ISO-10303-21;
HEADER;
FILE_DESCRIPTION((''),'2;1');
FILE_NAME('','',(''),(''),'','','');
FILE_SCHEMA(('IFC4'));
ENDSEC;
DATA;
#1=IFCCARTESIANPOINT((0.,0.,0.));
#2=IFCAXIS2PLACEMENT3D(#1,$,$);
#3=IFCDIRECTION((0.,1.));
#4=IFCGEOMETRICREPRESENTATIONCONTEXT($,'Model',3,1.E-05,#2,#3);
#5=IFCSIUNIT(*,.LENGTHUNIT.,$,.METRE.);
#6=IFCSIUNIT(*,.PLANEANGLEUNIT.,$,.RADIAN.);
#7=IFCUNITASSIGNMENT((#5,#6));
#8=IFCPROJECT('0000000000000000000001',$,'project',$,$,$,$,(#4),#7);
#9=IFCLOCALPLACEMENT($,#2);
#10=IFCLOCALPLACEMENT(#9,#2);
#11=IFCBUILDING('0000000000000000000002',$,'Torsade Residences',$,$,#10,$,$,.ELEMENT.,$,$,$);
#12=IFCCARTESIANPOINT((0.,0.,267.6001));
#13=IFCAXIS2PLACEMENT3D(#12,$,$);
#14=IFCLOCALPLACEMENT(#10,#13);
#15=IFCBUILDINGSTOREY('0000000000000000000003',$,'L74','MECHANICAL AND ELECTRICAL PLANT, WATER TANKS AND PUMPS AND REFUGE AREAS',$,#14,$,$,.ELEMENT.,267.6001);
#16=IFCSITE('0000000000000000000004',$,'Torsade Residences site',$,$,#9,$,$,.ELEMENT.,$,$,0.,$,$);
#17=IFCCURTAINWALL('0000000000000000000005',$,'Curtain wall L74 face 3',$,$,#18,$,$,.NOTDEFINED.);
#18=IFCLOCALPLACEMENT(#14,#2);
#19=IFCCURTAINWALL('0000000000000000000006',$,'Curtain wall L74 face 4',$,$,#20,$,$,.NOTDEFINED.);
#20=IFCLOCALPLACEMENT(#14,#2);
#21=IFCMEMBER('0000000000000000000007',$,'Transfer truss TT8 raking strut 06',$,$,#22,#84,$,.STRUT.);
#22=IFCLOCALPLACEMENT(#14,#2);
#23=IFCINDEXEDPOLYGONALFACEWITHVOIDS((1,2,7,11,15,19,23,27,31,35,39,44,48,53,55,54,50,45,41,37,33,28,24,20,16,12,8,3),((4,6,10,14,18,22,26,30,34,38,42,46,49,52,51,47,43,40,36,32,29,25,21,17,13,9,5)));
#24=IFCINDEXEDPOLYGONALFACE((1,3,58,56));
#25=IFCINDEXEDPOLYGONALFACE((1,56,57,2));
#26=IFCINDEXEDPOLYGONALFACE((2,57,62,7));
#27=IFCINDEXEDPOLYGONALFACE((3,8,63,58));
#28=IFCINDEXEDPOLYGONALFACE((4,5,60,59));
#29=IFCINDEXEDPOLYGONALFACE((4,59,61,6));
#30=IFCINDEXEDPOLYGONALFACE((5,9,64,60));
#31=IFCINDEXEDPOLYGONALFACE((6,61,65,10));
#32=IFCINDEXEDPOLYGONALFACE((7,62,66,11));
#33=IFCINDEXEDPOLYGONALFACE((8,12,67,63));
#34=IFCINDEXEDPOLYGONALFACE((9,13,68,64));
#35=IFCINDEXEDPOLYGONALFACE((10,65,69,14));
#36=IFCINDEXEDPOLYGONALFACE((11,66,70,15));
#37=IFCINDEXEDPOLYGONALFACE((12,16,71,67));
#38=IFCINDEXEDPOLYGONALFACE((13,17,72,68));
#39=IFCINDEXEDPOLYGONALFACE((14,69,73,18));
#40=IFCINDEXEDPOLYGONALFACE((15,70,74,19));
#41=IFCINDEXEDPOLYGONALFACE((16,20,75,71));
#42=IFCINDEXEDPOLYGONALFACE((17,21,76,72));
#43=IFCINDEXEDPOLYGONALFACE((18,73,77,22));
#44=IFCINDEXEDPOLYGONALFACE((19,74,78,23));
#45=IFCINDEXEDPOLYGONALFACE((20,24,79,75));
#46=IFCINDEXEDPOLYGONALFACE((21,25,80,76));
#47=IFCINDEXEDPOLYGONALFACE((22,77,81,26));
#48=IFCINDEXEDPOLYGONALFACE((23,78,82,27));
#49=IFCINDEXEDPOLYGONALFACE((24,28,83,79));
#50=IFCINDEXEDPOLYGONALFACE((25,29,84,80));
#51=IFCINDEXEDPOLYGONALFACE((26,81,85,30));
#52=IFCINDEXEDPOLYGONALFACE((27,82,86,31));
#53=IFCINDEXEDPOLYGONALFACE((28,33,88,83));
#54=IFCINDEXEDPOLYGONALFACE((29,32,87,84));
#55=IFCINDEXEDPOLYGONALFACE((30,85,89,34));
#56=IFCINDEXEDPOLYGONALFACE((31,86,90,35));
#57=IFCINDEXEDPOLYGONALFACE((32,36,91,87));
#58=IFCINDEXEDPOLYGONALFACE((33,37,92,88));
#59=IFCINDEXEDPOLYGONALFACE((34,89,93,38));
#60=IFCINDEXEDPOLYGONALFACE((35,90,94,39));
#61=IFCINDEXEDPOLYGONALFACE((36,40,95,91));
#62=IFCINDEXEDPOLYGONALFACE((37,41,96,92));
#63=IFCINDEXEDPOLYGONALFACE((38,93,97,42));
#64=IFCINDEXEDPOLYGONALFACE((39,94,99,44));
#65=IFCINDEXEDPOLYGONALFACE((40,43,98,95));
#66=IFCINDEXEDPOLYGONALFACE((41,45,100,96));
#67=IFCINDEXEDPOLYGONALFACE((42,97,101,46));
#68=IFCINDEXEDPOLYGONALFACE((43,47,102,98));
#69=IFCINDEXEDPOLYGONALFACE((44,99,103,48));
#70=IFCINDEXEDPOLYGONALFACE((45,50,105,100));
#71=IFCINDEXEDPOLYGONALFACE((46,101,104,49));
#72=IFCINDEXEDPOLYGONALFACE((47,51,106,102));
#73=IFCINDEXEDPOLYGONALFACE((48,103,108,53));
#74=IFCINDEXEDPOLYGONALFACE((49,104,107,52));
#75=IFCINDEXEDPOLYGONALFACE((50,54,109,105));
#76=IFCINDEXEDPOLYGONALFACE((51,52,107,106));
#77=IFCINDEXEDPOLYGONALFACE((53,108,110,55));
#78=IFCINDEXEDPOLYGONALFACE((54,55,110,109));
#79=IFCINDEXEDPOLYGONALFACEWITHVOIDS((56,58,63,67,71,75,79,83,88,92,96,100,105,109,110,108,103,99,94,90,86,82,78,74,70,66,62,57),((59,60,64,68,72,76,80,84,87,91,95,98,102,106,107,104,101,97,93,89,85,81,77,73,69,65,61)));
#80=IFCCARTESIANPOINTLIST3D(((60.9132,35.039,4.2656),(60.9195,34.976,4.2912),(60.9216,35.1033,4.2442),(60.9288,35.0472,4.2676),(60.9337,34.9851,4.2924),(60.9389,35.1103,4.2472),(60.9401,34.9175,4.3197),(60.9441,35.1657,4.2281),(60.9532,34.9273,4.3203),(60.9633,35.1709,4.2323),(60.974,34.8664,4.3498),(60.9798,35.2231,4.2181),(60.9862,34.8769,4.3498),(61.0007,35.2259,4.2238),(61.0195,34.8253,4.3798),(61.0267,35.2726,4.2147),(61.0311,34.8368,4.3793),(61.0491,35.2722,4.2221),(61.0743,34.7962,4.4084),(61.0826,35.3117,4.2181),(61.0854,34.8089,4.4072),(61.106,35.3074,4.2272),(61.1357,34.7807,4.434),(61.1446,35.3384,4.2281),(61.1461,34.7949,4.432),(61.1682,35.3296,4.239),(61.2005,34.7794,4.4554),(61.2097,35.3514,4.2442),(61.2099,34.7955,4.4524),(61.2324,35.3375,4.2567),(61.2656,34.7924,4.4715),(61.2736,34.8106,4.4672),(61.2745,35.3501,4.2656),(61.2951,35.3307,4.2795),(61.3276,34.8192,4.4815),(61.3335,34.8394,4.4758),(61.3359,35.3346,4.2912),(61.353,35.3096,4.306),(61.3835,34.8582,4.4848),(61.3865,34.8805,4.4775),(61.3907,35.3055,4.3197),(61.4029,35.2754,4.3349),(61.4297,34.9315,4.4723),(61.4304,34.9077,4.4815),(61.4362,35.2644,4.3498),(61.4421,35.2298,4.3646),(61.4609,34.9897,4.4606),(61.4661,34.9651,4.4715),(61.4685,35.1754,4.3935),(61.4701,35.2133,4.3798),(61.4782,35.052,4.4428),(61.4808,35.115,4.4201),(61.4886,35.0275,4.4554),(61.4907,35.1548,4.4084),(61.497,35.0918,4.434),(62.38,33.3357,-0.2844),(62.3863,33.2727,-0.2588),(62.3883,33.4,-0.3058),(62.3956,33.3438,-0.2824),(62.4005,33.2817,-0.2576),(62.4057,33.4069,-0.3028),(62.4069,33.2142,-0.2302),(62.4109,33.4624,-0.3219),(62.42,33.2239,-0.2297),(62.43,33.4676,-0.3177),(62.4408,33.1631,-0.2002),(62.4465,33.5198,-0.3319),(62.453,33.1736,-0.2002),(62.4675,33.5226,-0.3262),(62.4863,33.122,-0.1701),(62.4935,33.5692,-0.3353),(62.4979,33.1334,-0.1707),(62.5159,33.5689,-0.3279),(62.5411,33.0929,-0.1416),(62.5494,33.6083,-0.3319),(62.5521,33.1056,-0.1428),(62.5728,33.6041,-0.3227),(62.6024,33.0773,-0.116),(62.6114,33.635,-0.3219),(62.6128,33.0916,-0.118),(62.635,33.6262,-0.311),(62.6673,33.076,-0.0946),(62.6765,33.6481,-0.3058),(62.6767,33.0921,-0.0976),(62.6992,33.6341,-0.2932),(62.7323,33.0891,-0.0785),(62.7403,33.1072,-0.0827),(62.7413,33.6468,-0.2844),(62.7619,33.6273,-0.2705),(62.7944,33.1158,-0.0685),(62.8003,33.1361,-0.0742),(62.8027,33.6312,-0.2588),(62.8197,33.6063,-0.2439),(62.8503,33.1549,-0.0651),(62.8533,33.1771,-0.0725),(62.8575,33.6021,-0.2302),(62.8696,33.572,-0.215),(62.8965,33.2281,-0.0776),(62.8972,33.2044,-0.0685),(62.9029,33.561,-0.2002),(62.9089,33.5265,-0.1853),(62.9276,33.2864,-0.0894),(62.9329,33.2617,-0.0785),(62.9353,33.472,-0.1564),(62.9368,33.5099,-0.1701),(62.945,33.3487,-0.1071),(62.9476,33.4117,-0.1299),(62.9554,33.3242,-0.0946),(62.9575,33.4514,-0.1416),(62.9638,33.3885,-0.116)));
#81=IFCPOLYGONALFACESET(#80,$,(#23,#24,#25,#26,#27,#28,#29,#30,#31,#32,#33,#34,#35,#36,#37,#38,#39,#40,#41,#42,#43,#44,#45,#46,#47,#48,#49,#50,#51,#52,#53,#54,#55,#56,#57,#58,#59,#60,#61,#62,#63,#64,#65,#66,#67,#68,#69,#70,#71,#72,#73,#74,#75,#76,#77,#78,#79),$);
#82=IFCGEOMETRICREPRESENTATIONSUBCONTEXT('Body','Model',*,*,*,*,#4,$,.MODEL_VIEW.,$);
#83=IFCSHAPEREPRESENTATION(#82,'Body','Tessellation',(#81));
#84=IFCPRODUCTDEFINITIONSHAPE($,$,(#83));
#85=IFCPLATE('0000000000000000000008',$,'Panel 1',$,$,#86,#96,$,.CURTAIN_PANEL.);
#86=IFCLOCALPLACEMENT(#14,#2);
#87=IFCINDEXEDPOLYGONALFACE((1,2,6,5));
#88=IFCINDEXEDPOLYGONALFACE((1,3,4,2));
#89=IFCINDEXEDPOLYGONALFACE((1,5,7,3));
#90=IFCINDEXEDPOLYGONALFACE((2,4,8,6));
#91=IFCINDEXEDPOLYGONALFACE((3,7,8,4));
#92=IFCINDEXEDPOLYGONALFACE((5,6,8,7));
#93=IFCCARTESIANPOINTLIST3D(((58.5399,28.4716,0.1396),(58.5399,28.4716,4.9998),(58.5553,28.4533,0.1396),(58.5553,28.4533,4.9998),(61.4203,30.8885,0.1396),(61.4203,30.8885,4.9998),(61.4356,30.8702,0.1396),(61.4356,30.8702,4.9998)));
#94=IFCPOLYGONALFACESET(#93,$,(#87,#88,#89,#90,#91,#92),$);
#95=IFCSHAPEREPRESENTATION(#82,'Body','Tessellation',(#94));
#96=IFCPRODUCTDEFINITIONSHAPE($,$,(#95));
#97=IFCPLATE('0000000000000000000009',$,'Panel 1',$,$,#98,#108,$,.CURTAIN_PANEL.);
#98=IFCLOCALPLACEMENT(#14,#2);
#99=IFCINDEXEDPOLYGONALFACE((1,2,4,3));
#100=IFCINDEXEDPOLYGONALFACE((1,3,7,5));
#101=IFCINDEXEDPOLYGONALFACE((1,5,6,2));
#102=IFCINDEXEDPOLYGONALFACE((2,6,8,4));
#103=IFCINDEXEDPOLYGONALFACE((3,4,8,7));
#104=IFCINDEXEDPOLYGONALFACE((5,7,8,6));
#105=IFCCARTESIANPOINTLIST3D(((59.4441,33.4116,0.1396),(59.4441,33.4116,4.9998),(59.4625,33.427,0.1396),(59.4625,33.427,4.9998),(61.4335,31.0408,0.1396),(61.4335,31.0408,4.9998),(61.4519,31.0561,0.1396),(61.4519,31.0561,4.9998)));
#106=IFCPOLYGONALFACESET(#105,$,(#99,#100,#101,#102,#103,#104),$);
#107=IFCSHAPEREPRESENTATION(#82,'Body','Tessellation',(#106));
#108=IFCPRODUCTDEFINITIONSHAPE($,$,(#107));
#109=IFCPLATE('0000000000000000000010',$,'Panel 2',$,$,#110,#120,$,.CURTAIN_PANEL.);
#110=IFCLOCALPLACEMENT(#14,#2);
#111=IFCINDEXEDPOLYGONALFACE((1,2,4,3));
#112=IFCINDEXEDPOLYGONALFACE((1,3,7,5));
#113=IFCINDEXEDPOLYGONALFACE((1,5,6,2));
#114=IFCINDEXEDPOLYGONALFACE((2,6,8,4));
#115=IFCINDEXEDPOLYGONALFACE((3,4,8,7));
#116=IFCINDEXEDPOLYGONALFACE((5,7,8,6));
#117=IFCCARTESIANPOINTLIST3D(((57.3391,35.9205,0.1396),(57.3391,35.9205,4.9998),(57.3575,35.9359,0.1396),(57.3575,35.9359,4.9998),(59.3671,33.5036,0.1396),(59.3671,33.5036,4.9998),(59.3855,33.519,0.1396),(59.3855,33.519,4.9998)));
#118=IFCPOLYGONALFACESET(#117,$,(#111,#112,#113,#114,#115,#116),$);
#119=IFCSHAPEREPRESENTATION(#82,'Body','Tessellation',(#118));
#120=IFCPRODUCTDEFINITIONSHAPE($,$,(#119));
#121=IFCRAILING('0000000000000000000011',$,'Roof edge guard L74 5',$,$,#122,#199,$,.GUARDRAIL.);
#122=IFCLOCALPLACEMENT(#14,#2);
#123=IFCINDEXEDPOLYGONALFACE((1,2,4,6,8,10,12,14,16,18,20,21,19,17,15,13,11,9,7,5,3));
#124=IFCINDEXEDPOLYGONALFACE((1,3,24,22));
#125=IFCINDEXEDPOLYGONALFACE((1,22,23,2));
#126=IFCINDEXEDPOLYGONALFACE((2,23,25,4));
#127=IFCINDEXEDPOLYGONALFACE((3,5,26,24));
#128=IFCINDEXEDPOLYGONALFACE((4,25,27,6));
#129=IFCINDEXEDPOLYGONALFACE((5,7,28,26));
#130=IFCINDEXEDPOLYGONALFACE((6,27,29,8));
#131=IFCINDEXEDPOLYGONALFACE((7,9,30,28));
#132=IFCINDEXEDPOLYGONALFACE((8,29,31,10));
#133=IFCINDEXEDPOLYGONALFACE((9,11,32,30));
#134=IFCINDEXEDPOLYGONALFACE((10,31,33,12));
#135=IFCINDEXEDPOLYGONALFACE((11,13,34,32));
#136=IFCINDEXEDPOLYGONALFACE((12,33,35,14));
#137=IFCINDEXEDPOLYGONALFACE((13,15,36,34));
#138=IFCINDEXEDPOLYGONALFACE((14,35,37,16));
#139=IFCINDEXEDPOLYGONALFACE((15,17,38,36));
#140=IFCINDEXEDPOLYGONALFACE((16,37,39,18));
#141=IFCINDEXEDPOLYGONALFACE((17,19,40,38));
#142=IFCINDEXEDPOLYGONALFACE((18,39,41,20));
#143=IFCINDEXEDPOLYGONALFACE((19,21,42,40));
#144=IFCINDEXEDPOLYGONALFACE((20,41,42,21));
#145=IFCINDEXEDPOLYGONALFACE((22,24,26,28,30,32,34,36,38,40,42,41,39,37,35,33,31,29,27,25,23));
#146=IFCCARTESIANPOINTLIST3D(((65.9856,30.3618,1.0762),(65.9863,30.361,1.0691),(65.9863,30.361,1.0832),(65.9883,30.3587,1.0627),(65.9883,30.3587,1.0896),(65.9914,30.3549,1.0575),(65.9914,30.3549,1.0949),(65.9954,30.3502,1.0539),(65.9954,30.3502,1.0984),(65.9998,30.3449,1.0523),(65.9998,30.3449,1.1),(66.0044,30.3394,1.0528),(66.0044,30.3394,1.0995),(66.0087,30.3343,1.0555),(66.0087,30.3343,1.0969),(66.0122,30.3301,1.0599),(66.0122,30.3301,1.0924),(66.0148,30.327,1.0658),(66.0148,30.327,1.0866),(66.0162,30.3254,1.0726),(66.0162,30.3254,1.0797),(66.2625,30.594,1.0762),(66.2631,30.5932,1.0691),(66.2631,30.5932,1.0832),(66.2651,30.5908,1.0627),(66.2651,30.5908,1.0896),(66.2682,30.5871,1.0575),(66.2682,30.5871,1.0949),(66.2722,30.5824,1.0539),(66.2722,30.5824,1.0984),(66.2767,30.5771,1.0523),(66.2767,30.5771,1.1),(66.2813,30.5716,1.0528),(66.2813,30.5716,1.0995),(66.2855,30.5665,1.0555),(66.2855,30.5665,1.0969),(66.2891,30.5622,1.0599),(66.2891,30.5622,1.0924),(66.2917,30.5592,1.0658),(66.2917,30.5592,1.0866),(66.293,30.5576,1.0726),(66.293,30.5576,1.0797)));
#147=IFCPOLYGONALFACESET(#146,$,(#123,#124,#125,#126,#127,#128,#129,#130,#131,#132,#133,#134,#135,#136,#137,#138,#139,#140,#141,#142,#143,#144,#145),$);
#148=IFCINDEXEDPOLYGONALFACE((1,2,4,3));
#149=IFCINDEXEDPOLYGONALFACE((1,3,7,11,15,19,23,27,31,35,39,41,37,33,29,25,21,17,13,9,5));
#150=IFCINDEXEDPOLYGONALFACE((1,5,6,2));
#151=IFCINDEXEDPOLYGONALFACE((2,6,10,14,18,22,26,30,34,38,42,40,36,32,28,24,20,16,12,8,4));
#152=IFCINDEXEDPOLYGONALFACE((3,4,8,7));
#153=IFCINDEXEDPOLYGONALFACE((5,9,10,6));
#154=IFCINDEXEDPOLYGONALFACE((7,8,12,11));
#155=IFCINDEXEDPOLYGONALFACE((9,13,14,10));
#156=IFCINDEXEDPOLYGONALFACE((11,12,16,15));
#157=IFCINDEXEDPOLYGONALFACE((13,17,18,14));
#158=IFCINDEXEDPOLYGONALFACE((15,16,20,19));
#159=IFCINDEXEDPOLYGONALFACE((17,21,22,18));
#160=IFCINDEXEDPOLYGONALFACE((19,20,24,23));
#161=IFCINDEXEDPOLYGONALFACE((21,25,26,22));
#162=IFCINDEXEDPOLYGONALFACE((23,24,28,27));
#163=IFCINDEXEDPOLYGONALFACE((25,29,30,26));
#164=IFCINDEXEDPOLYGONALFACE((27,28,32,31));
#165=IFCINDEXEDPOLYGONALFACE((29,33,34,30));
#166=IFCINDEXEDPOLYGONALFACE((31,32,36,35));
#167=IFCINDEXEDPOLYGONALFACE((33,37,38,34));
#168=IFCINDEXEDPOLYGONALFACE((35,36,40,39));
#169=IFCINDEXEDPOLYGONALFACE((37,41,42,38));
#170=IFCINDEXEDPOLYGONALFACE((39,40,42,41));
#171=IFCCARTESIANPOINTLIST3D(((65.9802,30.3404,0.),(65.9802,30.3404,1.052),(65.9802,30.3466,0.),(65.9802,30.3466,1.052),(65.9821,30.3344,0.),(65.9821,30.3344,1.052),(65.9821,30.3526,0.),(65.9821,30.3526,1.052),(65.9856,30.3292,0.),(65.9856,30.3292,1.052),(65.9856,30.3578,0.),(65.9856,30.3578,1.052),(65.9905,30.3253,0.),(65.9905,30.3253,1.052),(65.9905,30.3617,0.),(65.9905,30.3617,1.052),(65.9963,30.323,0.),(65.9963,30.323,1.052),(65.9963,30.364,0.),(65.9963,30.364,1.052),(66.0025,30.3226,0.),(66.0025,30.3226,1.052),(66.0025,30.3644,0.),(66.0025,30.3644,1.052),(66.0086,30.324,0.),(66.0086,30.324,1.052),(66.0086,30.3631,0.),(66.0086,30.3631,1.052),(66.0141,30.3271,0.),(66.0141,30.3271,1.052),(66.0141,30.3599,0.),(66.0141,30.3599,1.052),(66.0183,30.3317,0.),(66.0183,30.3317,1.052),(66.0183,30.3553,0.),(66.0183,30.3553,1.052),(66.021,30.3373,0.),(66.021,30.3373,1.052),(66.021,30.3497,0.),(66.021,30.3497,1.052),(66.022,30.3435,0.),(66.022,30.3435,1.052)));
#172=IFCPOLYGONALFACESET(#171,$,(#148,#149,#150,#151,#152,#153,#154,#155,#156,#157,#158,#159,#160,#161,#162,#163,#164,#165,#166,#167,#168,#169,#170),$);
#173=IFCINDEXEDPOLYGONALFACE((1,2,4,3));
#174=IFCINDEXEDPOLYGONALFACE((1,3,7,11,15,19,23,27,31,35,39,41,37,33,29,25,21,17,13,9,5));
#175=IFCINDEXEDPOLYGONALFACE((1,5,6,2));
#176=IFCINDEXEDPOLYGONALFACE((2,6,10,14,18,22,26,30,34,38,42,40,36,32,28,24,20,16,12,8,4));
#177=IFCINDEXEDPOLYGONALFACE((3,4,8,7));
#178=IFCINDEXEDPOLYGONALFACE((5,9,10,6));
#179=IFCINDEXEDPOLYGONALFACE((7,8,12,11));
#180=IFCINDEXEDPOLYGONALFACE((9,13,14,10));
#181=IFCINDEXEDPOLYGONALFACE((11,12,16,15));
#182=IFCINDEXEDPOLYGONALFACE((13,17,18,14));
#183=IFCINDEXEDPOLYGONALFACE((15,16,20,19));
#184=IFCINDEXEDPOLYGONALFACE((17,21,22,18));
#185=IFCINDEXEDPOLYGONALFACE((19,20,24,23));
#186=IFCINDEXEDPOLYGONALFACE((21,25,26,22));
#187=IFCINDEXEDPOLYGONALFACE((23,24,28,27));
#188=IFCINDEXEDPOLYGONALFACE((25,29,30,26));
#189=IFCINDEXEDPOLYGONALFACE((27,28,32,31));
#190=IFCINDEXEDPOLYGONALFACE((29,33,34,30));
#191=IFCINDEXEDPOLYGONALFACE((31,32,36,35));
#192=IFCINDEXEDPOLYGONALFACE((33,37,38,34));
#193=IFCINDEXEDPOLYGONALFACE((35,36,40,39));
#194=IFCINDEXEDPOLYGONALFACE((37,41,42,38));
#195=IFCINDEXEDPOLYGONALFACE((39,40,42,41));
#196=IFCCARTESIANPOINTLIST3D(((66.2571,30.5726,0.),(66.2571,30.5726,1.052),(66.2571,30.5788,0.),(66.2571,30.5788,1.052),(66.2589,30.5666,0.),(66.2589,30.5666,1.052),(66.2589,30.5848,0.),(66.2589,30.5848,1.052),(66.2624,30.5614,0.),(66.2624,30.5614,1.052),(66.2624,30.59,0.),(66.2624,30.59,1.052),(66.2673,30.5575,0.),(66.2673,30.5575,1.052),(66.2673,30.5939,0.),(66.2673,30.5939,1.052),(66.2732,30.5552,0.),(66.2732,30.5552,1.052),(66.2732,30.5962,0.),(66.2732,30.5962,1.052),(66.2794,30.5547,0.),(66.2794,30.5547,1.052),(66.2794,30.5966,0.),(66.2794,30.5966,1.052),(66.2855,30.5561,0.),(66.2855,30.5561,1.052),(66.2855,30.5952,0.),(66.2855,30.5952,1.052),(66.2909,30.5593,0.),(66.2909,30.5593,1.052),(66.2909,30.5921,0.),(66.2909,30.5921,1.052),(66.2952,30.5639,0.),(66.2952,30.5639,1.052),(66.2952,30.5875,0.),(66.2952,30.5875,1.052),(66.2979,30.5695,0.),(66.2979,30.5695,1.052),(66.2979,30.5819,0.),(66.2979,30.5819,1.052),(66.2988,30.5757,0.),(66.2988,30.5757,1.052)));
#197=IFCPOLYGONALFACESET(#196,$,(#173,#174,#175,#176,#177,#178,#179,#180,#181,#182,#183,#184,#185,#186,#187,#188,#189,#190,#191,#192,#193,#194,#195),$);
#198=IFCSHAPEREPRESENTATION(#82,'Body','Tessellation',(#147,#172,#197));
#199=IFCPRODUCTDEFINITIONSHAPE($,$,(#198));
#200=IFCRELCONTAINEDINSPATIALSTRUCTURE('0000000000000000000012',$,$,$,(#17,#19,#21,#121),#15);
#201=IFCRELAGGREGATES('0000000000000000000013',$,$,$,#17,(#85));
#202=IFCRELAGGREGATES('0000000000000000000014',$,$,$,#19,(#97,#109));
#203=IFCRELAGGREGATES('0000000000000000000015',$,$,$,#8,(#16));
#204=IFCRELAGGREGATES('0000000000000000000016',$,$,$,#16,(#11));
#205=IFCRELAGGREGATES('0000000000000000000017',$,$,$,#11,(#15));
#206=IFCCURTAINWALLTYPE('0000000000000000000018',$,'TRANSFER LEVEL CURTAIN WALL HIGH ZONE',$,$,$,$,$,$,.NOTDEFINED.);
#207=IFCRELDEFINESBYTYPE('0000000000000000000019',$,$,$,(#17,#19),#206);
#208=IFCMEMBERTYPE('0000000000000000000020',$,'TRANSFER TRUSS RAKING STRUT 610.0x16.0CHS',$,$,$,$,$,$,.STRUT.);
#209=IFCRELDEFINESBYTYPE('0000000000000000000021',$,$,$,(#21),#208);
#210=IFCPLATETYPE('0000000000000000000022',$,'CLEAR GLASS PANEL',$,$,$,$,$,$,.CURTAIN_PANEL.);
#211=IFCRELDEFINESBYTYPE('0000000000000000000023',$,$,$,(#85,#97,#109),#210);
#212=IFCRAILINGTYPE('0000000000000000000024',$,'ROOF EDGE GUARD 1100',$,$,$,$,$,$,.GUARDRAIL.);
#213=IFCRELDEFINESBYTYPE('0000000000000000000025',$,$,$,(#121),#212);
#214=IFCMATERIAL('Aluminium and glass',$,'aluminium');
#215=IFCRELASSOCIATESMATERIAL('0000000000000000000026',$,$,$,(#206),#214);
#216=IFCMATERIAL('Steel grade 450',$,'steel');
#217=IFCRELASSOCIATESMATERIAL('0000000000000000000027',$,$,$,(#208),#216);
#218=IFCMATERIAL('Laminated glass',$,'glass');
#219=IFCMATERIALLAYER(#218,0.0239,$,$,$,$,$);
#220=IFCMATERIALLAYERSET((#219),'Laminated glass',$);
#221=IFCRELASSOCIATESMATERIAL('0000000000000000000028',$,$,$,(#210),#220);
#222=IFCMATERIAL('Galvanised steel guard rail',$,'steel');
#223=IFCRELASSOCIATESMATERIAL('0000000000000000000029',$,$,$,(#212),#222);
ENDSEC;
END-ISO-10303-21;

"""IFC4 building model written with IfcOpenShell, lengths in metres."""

from ifc_helpers import new_model, si_unit, direction, frame, origin, origin_2d, place, context, subcontext, project, spatial, rectangle, circle, hollow_circle, extrude, material, layer, layer_set, material_profile, profile_set, type_object, element, aggregate, save


model = new_model("IFC4")

# Units and contexts
model_context = context("Model", 3, precision=1e-05, world=origin(), true_north=direction((0.0, 1.0)))
body_context = subcontext(model_context, "Body", "Model", "MODEL_VIEW")
ifc_project = project(units=[si_unit("LENGTHUNIT", "METRE"), si_unit("PLANEANGLEUNIT", "RADIAN")], contexts=[model_context])

# Site, building, storey
site_placement = place(None, origin())
site = spatial("IfcSite", under=ifc_project, at=site_placement, Name="Torsade Residences site", CompositionType="ELEMENT", RefElevation=0.0)
building_placement = place(site_placement, origin())
building = spatial("IfcBuilding", under=site, at=building_placement, Name="Torsade Residences", CompositionType="ELEMENT")
storey_placement = place(building_placement, frame((0.0, 0.0, 267.6001)))
storey = spatial("IfcBuildingStorey", under=building, at=storey_placement, Name="L74", Description="MECHANICAL AND ELECTRICAL PLANT, WATER TANKS AND PUMPS AND REFUGE AREAS", CompositionType="ELEMENT", Elevation=267.6001)

# Curtain walls
ifc_material_1 = material(Name="Aluminium and glass", Category="aluminium")
curtain_wall_type = type_object("IfcCurtainWallType", Name="TRANSFER LEVEL CURTAIN WALL HIGH ZONE", PredefinedType="NOTDEFINED", material=ifc_material_1)
curtain_wall_1_placement = place(storey_placement, origin())
curtain_wall_1 = element("IfcCurtainWall", 1, at=curtain_wall_1_placement, inside=storey, type_object=curtain_wall_type, Name="Curtain wall L74 face 3", PredefinedType="NOTDEFINED")
curtain_wall_2_placement = place(storey_placement, origin())
curtain_wall_2 = element("IfcCurtainWall", 2, at=curtain_wall_2_placement, inside=storey, type_object=curtain_wall_type, Name="Curtain wall L74 face 4", PredefinedType="NOTDEFINED")

# Member
ifc_material_2 = material(Name="Steel grade 450", Category="steel")
ifc_material_profile_1 = material_profile(ifc_material_2, hollow_circle(Radius=0.3049, WallThickness=0.0161, at=origin_2d()), Name="610.0x16.0CHS")
ifc_profile_set_1 = profile_set([ifc_material_profile_1], Name="Steel grade 450")
member_type_1 = type_object("IfcMemberType", Name="TRANSFER TRUSS RAKING STRUT 610.0x16.0CHS", PredefinedType="STRUT", material=ifc_profile_set_1)
member_1_placement = place(storey_placement, frame((62.6719, 33.3621, -0.2002), z_axis=(-0.289022, 0.335637, 0.896556), x_axis=(-0.757767, -0.652525, 0.0)))
element("IfcMember", 3, at=member_1_placement, inside=storey, type_object=member_type_1, Name="Transfer truss TT8 raking strut 06", PredefinedType="STRUT", context=body_context, shape_type="SweptSolid", body=[
    extrude(hollow_circle(Radius=0.3049, WallThickness=0.0161, at=origin_2d()), origin(), (0.0, 0.0, 1.0), 5.075),
])

# Plates
ifc_material_3 = material(Name="Laminated glass", Category="glass")
ifc_layer = layer(ifc_material_3, 0.0239)
ifc_layer_set = layer_set([ifc_layer], Name="Laminated glass")
plate_type = type_object("IfcPlateType", Name="CLEAR GLASS PANEL", PredefinedType="CURTAIN_PANEL", material=ifc_layer_set)
plate_1_placement = place(storey_placement, frame((59.9878, 29.6709, 0.1396), z_axis=(0.0, 0.0, 1.0), x_axis=(0.766044, 0.642788, 0.0)))
plate_1 = element("IfcPlate", 4, at=plate_1_placement, type_object=plate_type, Name="Panel 1", PredefinedType="CURTAIN_PANEL", context=body_context, shape_type="SweptSolid", body=[
    extrude(rectangle(XDim=3.76, YDim=0.0239, at=origin_2d()), origin(), (0.0, 0.0, 1.0), 4.8601),
])
aggregate(curtain_wall_1, [plate_1])
plate_2_placement = place(storey_placement, frame((60.448, 32.2339, 0.1396), z_axis=(0.0, 0.0, 1.0), x_axis=(-0.642788, 0.766044, 0.0)))
plate_2 = element("IfcPlate", 5, at=plate_2_placement, type_object=plate_type, Name="Panel 1", PredefinedType="CURTAIN_PANEL", context=body_context, shape_type="SweptSolid", body=[
    extrude(rectangle(XDim=3.095, YDim=0.0239, at=origin_2d()), origin(), (0.0, 0.0, 1.0), 4.8601),
])
plate_3_placement = place(storey_placement, frame((58.3623, 34.7197, 0.1396), z_axis=(0.0, 0.0, 1.0), x_axis=(-0.642788, 0.766044, 0.0)))
plate_3 = element("IfcPlate", 6, at=plate_3_placement, type_object=plate_type, Name="Panel 2", PredefinedType="CURTAIN_PANEL", context=body_context, shape_type="SweptSolid", body=[
    extrude(rectangle(XDim=3.155, YDim=0.0239, at=origin_2d()), origin(), (0.0, 0.0, 1.0), 4.8601),
])
aggregate(curtain_wall_2, [plate_2, plate_3])

# Railing
ifc_material_4 = material(Name="Galvanised steel guard rail", Category="steel")
railing_type = type_object("IfcRailingType", Name="ROOF EDGE GUARD 1100", PredefinedType="GUARDRAIL", material=ifc_material_4)
railing_1_placement = place(storey_placement, frame((66.001, 30.3435, 0.0)))
element("IfcRailing", 7, at=railing_1_placement, inside=storey, type_object=railing_type, Name="Roof edge guard L74 5", PredefinedType="GUARDRAIL", context=body_context, shape_type="SweptSolid", body=[
    extrude(circle(Radius=0.0239, at=origin_2d()), frame((0.0, 0.0, 1.0762), z_axis=(0.766224, 0.642574, 0.0), x_axis=(-0.642574, 0.766224, 0.0)), (0.0, 0.0, 1.0), 0.3613),
    extrude(circle(Radius=0.021, at=origin_2d()), origin(), (0.0, 0.0, 1.0), 1.052),
    extrude(circle(Radius=0.021, at=origin_2d()), frame((0.2769, 0.2322, 0.0)), (0.0, 0.0, 1.0), 1.052),
])

save(model, "model.ifc")
